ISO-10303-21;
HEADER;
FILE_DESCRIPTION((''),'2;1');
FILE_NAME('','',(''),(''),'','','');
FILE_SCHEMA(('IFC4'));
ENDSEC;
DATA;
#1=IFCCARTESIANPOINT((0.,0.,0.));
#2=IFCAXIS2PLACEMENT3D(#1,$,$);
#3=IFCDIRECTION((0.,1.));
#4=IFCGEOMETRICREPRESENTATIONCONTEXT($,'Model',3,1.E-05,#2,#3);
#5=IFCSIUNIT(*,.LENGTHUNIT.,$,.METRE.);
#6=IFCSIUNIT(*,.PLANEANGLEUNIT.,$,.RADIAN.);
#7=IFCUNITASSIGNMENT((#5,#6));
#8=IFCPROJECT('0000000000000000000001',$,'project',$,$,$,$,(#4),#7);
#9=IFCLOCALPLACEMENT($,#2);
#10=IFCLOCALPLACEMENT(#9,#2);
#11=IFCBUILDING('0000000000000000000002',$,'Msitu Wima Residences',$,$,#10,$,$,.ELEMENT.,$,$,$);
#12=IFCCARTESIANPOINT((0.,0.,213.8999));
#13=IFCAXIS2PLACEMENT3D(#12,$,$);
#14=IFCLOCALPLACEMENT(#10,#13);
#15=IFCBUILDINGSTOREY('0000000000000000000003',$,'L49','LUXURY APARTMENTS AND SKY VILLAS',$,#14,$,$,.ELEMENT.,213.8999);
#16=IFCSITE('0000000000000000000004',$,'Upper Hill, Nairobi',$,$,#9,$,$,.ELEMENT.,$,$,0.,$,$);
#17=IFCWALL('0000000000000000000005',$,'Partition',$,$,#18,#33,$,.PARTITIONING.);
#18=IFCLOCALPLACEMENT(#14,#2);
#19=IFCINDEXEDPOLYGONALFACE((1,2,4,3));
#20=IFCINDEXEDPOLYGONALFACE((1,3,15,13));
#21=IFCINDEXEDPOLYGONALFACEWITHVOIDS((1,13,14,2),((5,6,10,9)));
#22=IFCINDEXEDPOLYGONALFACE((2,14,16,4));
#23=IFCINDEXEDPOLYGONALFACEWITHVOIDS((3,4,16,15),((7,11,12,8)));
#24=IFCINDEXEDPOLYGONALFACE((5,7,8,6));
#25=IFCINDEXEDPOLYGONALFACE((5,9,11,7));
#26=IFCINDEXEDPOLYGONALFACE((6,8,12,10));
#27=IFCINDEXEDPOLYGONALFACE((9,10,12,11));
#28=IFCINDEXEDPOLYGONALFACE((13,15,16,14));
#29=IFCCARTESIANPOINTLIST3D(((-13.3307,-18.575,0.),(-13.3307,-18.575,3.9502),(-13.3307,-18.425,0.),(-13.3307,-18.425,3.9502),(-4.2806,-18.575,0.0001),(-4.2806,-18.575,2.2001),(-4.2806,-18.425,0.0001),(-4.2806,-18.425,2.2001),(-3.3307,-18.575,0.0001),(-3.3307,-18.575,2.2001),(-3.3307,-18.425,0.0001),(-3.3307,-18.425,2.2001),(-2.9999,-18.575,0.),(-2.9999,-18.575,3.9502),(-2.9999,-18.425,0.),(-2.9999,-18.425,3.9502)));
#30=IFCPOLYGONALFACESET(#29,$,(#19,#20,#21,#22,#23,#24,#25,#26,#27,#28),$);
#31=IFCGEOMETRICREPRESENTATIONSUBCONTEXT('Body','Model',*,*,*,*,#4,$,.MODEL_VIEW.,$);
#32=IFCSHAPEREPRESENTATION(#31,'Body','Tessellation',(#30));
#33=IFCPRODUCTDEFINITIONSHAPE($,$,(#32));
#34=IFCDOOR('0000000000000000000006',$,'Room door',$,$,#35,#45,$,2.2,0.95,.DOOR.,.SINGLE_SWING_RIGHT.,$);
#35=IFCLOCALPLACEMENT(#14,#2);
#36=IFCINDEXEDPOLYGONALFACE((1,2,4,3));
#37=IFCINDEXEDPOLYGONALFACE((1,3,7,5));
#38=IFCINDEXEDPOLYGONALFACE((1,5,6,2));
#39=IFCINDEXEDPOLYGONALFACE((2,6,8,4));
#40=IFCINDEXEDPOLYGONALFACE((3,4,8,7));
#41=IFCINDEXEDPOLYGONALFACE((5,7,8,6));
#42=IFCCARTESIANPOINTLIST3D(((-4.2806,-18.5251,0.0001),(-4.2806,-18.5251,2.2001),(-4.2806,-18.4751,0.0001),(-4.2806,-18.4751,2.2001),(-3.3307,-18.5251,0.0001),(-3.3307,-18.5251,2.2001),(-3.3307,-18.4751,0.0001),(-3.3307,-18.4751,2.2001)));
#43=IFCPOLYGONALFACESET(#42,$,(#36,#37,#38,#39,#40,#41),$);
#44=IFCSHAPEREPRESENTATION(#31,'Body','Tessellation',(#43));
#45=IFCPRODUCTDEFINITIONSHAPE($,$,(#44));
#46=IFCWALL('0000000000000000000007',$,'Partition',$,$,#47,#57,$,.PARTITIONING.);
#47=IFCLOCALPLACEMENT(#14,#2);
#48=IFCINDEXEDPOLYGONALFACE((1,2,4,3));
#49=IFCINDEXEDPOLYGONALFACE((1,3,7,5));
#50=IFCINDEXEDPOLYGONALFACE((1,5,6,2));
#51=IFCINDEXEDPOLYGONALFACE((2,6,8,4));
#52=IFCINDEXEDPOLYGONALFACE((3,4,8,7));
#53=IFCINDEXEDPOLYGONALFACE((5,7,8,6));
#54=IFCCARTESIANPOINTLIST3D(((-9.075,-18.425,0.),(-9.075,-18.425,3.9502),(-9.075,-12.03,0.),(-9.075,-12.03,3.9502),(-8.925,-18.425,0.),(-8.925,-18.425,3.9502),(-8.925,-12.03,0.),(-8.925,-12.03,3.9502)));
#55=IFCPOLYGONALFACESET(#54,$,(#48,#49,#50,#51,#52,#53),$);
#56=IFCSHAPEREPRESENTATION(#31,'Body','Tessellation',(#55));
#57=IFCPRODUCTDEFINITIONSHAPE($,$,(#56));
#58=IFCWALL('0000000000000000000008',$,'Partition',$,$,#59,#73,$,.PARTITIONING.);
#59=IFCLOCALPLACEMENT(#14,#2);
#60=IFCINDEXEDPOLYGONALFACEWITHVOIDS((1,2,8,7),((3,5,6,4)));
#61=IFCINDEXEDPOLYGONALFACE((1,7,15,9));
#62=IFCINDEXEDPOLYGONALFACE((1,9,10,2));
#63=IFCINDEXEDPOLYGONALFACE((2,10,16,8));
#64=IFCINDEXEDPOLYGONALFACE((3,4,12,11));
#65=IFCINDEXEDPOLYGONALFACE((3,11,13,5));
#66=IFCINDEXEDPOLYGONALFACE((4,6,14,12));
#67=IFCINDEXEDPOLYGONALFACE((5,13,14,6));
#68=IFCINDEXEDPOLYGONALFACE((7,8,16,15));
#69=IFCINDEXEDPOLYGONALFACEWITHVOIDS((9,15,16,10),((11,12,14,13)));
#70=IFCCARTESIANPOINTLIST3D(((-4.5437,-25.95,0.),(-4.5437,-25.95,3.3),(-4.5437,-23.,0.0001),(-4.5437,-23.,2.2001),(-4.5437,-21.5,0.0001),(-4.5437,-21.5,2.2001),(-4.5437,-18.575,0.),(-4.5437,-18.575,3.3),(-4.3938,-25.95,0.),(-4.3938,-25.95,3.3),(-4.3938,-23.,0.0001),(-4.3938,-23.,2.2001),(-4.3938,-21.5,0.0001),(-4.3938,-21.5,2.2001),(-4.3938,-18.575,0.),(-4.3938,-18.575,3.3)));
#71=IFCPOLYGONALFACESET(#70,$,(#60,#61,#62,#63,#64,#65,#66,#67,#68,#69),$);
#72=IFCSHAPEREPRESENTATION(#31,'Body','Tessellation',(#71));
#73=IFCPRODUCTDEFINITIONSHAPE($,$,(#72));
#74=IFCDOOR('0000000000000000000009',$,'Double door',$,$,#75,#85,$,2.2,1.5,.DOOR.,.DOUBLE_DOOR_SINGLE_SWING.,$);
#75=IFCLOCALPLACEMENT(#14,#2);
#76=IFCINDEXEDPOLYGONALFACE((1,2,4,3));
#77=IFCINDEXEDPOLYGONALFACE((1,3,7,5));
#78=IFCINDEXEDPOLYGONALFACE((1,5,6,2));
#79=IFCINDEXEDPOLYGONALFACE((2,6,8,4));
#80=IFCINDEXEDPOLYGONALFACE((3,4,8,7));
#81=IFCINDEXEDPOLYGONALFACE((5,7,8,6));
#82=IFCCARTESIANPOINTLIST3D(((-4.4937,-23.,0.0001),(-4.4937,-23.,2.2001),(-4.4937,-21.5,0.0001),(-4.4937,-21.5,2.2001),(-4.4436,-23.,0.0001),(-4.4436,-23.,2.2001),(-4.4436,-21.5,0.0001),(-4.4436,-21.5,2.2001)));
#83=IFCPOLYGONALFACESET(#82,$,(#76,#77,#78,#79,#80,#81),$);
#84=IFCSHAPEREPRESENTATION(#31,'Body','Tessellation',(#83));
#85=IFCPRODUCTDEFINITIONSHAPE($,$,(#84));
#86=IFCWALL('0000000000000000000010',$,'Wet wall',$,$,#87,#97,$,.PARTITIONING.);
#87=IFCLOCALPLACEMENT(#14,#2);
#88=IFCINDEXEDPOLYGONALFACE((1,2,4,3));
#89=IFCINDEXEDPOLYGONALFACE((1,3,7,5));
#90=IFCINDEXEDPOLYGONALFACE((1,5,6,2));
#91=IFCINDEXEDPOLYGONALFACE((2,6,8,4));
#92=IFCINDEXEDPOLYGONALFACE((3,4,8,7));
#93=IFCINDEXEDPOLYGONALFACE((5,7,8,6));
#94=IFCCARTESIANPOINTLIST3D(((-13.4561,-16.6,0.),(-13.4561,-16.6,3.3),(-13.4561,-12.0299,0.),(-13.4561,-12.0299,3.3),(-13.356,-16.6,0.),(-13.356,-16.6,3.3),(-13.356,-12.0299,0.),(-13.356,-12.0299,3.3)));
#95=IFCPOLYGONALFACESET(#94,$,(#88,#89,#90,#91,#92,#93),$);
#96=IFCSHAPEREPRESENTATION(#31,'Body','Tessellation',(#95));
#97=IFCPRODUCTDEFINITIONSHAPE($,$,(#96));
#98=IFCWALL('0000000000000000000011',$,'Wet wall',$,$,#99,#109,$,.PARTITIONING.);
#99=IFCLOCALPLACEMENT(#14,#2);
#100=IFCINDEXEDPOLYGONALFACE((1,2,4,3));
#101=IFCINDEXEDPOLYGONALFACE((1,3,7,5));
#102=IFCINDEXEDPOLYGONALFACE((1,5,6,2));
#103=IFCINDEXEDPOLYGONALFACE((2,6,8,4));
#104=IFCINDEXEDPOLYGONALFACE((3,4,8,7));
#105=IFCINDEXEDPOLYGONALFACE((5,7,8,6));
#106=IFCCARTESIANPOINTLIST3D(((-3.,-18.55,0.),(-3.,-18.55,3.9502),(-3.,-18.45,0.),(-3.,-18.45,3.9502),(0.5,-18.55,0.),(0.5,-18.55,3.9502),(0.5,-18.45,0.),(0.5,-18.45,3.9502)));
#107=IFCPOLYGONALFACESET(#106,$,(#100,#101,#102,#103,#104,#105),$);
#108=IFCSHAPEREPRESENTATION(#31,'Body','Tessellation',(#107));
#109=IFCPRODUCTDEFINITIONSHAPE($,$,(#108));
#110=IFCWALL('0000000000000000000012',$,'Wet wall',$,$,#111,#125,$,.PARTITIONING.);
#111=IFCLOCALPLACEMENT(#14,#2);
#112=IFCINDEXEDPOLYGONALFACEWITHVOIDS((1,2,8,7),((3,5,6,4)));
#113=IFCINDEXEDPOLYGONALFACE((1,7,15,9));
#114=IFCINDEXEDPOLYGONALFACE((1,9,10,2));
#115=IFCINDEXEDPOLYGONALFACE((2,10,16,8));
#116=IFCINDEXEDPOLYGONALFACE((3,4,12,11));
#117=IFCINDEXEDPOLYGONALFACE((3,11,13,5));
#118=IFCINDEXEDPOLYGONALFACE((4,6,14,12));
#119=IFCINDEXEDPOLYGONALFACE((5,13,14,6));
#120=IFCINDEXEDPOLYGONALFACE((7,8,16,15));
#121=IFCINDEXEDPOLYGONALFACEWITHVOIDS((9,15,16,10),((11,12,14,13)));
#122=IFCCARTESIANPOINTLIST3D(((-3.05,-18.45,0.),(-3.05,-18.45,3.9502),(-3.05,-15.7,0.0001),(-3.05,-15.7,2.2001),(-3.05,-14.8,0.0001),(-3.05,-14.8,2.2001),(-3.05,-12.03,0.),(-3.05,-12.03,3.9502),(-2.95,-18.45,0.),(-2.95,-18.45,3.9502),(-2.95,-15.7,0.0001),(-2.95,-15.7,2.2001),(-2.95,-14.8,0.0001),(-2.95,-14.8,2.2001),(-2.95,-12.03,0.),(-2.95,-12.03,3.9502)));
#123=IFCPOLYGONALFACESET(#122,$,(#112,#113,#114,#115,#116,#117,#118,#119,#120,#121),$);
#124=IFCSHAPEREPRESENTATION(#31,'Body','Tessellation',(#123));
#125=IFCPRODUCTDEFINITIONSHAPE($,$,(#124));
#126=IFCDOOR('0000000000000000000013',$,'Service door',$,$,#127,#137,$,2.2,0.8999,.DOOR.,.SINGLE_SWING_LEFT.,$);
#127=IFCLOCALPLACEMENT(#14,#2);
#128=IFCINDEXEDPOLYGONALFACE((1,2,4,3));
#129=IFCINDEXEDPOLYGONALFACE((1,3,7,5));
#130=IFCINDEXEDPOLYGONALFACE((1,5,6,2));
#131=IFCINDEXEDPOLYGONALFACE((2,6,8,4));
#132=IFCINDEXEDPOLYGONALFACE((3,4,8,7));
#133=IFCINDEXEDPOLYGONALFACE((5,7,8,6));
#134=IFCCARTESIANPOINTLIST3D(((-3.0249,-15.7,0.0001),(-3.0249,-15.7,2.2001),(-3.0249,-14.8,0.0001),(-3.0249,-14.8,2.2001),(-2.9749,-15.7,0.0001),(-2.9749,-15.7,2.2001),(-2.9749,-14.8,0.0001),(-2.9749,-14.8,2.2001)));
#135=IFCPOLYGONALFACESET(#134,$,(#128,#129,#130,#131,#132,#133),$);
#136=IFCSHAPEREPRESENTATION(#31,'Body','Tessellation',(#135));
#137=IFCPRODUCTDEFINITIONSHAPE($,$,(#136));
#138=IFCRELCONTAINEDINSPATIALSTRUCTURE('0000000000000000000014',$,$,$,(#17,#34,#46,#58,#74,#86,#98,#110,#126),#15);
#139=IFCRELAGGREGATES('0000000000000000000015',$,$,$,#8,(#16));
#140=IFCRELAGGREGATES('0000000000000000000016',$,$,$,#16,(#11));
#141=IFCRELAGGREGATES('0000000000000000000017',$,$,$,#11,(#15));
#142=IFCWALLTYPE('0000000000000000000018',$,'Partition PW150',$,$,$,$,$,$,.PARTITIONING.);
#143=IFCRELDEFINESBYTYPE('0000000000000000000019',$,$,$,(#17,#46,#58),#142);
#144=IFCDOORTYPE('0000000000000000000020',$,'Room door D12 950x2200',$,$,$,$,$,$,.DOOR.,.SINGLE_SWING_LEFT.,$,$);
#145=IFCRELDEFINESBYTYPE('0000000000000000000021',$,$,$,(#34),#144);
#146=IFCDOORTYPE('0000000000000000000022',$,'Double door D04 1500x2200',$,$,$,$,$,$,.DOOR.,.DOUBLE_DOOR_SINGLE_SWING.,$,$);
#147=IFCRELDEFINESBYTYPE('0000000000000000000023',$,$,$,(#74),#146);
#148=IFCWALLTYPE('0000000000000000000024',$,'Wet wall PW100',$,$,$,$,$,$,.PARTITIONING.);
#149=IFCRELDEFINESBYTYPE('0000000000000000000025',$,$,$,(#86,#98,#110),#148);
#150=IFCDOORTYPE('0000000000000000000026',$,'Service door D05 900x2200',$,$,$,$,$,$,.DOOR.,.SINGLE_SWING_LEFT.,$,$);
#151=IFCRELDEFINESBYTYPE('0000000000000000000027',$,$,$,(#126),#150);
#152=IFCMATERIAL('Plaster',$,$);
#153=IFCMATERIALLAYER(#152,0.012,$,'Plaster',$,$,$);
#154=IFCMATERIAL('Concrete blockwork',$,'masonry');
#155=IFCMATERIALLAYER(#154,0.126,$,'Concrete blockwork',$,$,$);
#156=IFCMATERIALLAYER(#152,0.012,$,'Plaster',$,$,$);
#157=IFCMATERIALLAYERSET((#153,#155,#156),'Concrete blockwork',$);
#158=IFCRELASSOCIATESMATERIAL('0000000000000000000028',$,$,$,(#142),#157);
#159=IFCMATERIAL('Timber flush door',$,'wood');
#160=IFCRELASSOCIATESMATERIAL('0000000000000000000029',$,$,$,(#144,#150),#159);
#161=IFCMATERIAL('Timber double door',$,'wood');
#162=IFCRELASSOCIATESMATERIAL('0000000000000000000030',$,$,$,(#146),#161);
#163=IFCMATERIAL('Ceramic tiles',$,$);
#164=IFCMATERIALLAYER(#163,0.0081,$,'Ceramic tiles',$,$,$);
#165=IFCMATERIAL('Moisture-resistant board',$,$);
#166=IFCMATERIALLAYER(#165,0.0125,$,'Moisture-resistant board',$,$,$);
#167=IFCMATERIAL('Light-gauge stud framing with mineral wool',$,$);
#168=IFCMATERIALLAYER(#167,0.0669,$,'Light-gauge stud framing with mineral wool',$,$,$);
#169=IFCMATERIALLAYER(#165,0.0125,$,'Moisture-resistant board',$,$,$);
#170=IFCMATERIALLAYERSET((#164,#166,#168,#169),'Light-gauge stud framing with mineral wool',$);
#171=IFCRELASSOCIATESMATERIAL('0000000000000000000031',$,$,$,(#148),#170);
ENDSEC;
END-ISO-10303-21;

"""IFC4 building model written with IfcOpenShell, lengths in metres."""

from ifc_helpers import new_model, si_unit, direction, frame, frame_2d, origin, place, context, subcontext, project, spatial, rectangle, extrude, material, layer, layer_set, type_object, element, fill, save


model = new_model("IFC4")

# Units and contexts
model_context = context("Model", 3, precision=1e-05, world=origin(), true_north=direction((0.0, 1.0)))
body_context = subcontext(model_context, "Body", "Model", "MODEL_VIEW")
ifc_project = project(units=[si_unit("LENGTHUNIT", "METRE"), si_unit("PLANEANGLEUNIT", "RADIAN")], contexts=[model_context])

# Site, building, storey
site_placement = place(None, origin())
site = spatial("IfcSite", under=ifc_project, at=site_placement, Name="Upper Hill, Nairobi", CompositionType="ELEMENT", RefElevation=0.0)
building_placement = place(site_placement, origin())
building = spatial("IfcBuilding", under=site, at=building_placement, Name="Msitu Wima Residences", CompositionType="ELEMENT")
storey_placement = place(building_placement, frame((0.0, 0.0, 213.8999)))
storey = spatial("IfcBuildingStorey", under=building, at=storey_placement, Name="L49", Description="LUXURY APARTMENTS AND SKY VILLAS", CompositionType="ELEMENT", Elevation=213.8999)

# Shared definitions
ifc_material_1 = material(Name="Plaster")
ifc_layer_1 = layer(ifc_material_1, 0.012, Name="Plaster")
ifc_material_2 = material(Name="Concrete blockwork", Category="masonry")
ifc_layer_2 = layer(ifc_material_2, 0.126, Name="Concrete blockwork")
ifc_layer_3 = layer(ifc_material_1, 0.012, Name="Plaster")
ifc_layer_set_1 = layer_set([ifc_layer_1, ifc_layer_2, ifc_layer_3], Name="Concrete blockwork")
wall_type_1 = type_object("IfcWallType", Name="Partition PW150", PredefinedType="PARTITIONING", material=ifc_layer_set_1)
ifc_material_3 = material(Name="Timber flush door", Category="wood")
door_type_1 = type_object("IfcDoorType", Name="Room door D12 950x2200", OperationType="SINGLE_SWING_LEFT", PredefinedType="DOOR", material=ifc_material_3)

# Wall, opening, door
wall_1_placement = place(storey_placement, frame((-13.3308, -18.5, 0.0), z_axis=(0.0, 0.0, 1.0), x_axis=(1.0, 0.0, 0.0)))
wall_1 = element("IfcWall", 1, at=wall_1_placement, inside=storey, type_object=wall_type_1, Name="Partition", PredefinedType="PARTITIONING", context=body_context, shape_type="SweptSolid", body=[
    extrude(rectangle(XDim=10.3308, YDim=0.1499, at=frame_2d((5.1655, 0.0))), origin(), (0.0, 0.0, 1.0), 3.9502),
])
opening_1_placement = place(wall_1_placement, frame((9.05, 0.0, 0.0)))
opening_1 = element("IfcOpeningElement", 2, at=opening_1_placement, cuts=wall_1, PredefinedType="OPENING", context=body_context, shape_type="SweptSolid", body=[
    extrude(rectangle(XDim=0.95, YDim=2.2, at=frame_2d((0.4751, 1.1001))), frame((0.0, 0.085, 0.0), z_axis=(0.0, -1.0, 0.0), x_axis=(1.0, 0.0, 0.0)), (0.0, 0.0, 1.0), 0.1699),
])
door_1_placement = place(opening_1_placement, origin())
door_1 = element("IfcDoor", 3, at=door_1_placement, inside=storey, type_object=door_type_1, Name="Room door", OperationType="SINGLE_SWING_RIGHT", OverallHeight=2.2, OverallWidth=0.95, PredefinedType="DOOR", context=body_context, shape_type="SweptSolid", body=[
    extrude(rectangle(XDim=0.95, YDim=2.2, at=frame_2d((0.4751, 1.1001))), frame((0.0, 0.0249, 0.0), z_axis=(0.0, -1.0, 0.0), x_axis=(1.0, 0.0, 0.0)), (0.0, 0.0, 1.0), 0.05),
])
fill(opening_1, door_1)

# Wall
wall_2_placement = place(storey_placement, frame((-9.0, -18.425, 0.0), z_axis=(0.0, 0.0, 1.0), x_axis=(0.0, 1.0, 0.0)))
element("IfcWall", 4, at=wall_2_placement, inside=storey, type_object=wall_type_1, Name="Partition", PredefinedType="PARTITIONING", context=body_context, shape_type="SweptSolid", body=[
    extrude(rectangle(XDim=6.395, YDim=0.1499, at=frame_2d((3.1975, 0.0))), origin(), (0.0, 0.0, 1.0), 3.9502),
])

# Wall, opening, door
wall_3_placement = place(storey_placement, frame((-4.4688, -25.95, 0.0), z_axis=(0.0, 0.0, 1.0), x_axis=(0.0, 1.0, 0.0)))
wall_3 = element("IfcWall", 5, at=wall_3_placement, inside=storey, type_object=wall_type_1, Name="Partition", PredefinedType="PARTITIONING", context=body_context, shape_type="SweptSolid", body=[
    extrude(rectangle(XDim=7.375, YDim=0.1499, at=frame_2d((3.6875, 0.0))), origin(), (0.0, 0.0, 1.0), 3.3),
])
opening_2_placement = place(wall_3_placement, frame((2.95, 0.0, 0.0)))
opening_2 = element("IfcOpeningElement", 6, at=opening_2_placement, cuts=wall_3, PredefinedType="OPENING", context=body_context, shape_type="SweptSolid", body=[
    extrude(rectangle(XDim=1.5, YDim=2.2, at=frame_2d((0.75, 1.1001))), frame((0.0, 0.085, 0.0), z_axis=(0.0, -1.0, 0.0), x_axis=(1.0, 0.0, 0.0)), (0.0, 0.0, 1.0), 0.1699),
])
ifc_material_4 = material(Name="Timber double door", Category="wood")
door_type_2 = type_object("IfcDoorType", Name="Double door D04 1500x2200", OperationType="DOUBLE_DOOR_SINGLE_SWING", PredefinedType="DOOR", material=ifc_material_4)
door_2_placement = place(opening_2_placement, origin())
door_2 = element("IfcDoor", 7, at=door_2_placement, inside=storey, type_object=door_type_2, Name="Double door", OperationType="DOUBLE_DOOR_SINGLE_SWING", OverallHeight=2.2, OverallWidth=1.5, PredefinedType="DOOR", context=body_context, shape_type="SweptSolid", body=[
    extrude(rectangle(XDim=1.5, YDim=2.2, at=frame_2d((0.75, 1.1001))), frame((0.0, 0.0249, 0.0), z_axis=(0.0, -1.0, 0.0), x_axis=(1.0, 0.0, 0.0)), (0.0, 0.0, 1.0), 0.05),
])
fill(opening_2, door_2)

# Walls
ifc_material_5 = material(Name="Ceramic tiles")
ifc_layer_4 = layer(ifc_material_5, 0.0081, Name="Ceramic tiles")
ifc_material_6 = material(Name="Moisture-resistant board")
ifc_layer_5 = layer(ifc_material_6, 0.0125, Name="Moisture-resistant board")
ifc_material_7 = material(Name="Light-gauge stud framing with mineral wool")
ifc_layer_6 = layer(ifc_material_7, 0.0669, Name="Light-gauge stud framing with mineral wool")
ifc_layer_7 = layer(ifc_material_6, 0.0125, Name="Moisture-resistant board")
ifc_layer_set_2 = layer_set([ifc_layer_4, ifc_layer_5, ifc_layer_6, ifc_layer_7], Name="Light-gauge stud framing with mineral wool")
wall_type_2 = type_object("IfcWallType", Name="Wet wall PW100", PredefinedType="PARTITIONING", material=ifc_layer_set_2)
wall_4_placement = place(storey_placement, frame((-13.406, -16.6001, 0.0), z_axis=(0.0, 0.0, 1.0), x_axis=(0.0, 1.0, 0.0)))
element("IfcWall", 8, at=wall_4_placement, inside=storey, type_object=wall_type_2, Name="Wet wall", PredefinedType="PARTITIONING", context=body_context, shape_type="SweptSolid", body=[
    extrude(rectangle(XDim=4.5701, YDim=0.1001, at=frame_2d((2.2852, 0.0))), origin(), (0.0, 0.0, 1.0), 3.3),
])
wall_5_placement = place(storey_placement, frame((-3.0, -18.5, 0.0), z_axis=(0.0, 0.0, 1.0), x_axis=(1.0, 0.0, 0.0)))
element("IfcWall", 9, at=wall_5_placement, inside=storey, type_object=wall_type_2, Name="Wet wall", PredefinedType="PARTITIONING", context=body_context, shape_type="SweptSolid", body=[
    extrude(rectangle(XDim=3.5, YDim=0.1001, at=frame_2d((1.75, 0.0))), origin(), (0.0, 0.0, 1.0), 3.9502),
])

# Wall, opening, door
wall_6_placement = place(storey_placement, frame((-3.0, -18.45, 0.0), z_axis=(0.0, 0.0, 1.0), x_axis=(0.0, 1.0, 0.0)))
wall_6 = element("IfcWall", 10, at=wall_6_placement, inside=storey, type_object=wall_type_2, Name="Wet wall", PredefinedType="PARTITIONING", context=body_context, shape_type="SweptSolid", body=[
    extrude(rectangle(XDim=6.4199, YDim=0.1001, at=frame_2d((3.21, 0.0))), origin(), (0.0, 0.0, 1.0), 3.9502),
])
opening_3_placement = place(wall_6_placement, frame((2.75, 0.0, 0.0)))
opening_3 = element("IfcOpeningElement", 11, at=opening_3_placement, cuts=wall_6, PredefinedType="OPENING", context=body_context, shape_type="SweptSolid", body=[
    extrude(rectangle(XDim=0.8999, YDim=2.2, at=frame_2d((0.45, 1.1001))), frame((0.0, 0.0601, 0.0), z_axis=(0.0, -1.0, 0.0), x_axis=(1.0, 0.0, 0.0)), (0.0, 0.0, 1.0), 0.1201),
])
door_type_3 = type_object("IfcDoorType", Name="Service door D05 900x2200", OperationType="SINGLE_SWING_LEFT", PredefinedType="DOOR", material=ifc_material_3)
door_3_placement = place(opening_3_placement, origin())
door_3 = element("IfcDoor", 12, at=door_3_placement, inside=storey, type_object=door_type_3, Name="Service door", OperationType="SINGLE_SWING_LEFT", OverallHeight=2.2, OverallWidth=0.8999, PredefinedType="DOOR", context=body_context, shape_type="SweptSolid", body=[
    extrude(rectangle(XDim=0.8999, YDim=2.2, at=frame_2d((0.45, 1.1001))), frame((0.0, 0.0249, 0.0), z_axis=(0.0, -1.0, 0.0), x_axis=(1.0, 0.0, 0.0)), (0.0, 0.0, 1.0), 0.05),
])
fill(opening_3, door_3)

save(model, "model.ifc")
